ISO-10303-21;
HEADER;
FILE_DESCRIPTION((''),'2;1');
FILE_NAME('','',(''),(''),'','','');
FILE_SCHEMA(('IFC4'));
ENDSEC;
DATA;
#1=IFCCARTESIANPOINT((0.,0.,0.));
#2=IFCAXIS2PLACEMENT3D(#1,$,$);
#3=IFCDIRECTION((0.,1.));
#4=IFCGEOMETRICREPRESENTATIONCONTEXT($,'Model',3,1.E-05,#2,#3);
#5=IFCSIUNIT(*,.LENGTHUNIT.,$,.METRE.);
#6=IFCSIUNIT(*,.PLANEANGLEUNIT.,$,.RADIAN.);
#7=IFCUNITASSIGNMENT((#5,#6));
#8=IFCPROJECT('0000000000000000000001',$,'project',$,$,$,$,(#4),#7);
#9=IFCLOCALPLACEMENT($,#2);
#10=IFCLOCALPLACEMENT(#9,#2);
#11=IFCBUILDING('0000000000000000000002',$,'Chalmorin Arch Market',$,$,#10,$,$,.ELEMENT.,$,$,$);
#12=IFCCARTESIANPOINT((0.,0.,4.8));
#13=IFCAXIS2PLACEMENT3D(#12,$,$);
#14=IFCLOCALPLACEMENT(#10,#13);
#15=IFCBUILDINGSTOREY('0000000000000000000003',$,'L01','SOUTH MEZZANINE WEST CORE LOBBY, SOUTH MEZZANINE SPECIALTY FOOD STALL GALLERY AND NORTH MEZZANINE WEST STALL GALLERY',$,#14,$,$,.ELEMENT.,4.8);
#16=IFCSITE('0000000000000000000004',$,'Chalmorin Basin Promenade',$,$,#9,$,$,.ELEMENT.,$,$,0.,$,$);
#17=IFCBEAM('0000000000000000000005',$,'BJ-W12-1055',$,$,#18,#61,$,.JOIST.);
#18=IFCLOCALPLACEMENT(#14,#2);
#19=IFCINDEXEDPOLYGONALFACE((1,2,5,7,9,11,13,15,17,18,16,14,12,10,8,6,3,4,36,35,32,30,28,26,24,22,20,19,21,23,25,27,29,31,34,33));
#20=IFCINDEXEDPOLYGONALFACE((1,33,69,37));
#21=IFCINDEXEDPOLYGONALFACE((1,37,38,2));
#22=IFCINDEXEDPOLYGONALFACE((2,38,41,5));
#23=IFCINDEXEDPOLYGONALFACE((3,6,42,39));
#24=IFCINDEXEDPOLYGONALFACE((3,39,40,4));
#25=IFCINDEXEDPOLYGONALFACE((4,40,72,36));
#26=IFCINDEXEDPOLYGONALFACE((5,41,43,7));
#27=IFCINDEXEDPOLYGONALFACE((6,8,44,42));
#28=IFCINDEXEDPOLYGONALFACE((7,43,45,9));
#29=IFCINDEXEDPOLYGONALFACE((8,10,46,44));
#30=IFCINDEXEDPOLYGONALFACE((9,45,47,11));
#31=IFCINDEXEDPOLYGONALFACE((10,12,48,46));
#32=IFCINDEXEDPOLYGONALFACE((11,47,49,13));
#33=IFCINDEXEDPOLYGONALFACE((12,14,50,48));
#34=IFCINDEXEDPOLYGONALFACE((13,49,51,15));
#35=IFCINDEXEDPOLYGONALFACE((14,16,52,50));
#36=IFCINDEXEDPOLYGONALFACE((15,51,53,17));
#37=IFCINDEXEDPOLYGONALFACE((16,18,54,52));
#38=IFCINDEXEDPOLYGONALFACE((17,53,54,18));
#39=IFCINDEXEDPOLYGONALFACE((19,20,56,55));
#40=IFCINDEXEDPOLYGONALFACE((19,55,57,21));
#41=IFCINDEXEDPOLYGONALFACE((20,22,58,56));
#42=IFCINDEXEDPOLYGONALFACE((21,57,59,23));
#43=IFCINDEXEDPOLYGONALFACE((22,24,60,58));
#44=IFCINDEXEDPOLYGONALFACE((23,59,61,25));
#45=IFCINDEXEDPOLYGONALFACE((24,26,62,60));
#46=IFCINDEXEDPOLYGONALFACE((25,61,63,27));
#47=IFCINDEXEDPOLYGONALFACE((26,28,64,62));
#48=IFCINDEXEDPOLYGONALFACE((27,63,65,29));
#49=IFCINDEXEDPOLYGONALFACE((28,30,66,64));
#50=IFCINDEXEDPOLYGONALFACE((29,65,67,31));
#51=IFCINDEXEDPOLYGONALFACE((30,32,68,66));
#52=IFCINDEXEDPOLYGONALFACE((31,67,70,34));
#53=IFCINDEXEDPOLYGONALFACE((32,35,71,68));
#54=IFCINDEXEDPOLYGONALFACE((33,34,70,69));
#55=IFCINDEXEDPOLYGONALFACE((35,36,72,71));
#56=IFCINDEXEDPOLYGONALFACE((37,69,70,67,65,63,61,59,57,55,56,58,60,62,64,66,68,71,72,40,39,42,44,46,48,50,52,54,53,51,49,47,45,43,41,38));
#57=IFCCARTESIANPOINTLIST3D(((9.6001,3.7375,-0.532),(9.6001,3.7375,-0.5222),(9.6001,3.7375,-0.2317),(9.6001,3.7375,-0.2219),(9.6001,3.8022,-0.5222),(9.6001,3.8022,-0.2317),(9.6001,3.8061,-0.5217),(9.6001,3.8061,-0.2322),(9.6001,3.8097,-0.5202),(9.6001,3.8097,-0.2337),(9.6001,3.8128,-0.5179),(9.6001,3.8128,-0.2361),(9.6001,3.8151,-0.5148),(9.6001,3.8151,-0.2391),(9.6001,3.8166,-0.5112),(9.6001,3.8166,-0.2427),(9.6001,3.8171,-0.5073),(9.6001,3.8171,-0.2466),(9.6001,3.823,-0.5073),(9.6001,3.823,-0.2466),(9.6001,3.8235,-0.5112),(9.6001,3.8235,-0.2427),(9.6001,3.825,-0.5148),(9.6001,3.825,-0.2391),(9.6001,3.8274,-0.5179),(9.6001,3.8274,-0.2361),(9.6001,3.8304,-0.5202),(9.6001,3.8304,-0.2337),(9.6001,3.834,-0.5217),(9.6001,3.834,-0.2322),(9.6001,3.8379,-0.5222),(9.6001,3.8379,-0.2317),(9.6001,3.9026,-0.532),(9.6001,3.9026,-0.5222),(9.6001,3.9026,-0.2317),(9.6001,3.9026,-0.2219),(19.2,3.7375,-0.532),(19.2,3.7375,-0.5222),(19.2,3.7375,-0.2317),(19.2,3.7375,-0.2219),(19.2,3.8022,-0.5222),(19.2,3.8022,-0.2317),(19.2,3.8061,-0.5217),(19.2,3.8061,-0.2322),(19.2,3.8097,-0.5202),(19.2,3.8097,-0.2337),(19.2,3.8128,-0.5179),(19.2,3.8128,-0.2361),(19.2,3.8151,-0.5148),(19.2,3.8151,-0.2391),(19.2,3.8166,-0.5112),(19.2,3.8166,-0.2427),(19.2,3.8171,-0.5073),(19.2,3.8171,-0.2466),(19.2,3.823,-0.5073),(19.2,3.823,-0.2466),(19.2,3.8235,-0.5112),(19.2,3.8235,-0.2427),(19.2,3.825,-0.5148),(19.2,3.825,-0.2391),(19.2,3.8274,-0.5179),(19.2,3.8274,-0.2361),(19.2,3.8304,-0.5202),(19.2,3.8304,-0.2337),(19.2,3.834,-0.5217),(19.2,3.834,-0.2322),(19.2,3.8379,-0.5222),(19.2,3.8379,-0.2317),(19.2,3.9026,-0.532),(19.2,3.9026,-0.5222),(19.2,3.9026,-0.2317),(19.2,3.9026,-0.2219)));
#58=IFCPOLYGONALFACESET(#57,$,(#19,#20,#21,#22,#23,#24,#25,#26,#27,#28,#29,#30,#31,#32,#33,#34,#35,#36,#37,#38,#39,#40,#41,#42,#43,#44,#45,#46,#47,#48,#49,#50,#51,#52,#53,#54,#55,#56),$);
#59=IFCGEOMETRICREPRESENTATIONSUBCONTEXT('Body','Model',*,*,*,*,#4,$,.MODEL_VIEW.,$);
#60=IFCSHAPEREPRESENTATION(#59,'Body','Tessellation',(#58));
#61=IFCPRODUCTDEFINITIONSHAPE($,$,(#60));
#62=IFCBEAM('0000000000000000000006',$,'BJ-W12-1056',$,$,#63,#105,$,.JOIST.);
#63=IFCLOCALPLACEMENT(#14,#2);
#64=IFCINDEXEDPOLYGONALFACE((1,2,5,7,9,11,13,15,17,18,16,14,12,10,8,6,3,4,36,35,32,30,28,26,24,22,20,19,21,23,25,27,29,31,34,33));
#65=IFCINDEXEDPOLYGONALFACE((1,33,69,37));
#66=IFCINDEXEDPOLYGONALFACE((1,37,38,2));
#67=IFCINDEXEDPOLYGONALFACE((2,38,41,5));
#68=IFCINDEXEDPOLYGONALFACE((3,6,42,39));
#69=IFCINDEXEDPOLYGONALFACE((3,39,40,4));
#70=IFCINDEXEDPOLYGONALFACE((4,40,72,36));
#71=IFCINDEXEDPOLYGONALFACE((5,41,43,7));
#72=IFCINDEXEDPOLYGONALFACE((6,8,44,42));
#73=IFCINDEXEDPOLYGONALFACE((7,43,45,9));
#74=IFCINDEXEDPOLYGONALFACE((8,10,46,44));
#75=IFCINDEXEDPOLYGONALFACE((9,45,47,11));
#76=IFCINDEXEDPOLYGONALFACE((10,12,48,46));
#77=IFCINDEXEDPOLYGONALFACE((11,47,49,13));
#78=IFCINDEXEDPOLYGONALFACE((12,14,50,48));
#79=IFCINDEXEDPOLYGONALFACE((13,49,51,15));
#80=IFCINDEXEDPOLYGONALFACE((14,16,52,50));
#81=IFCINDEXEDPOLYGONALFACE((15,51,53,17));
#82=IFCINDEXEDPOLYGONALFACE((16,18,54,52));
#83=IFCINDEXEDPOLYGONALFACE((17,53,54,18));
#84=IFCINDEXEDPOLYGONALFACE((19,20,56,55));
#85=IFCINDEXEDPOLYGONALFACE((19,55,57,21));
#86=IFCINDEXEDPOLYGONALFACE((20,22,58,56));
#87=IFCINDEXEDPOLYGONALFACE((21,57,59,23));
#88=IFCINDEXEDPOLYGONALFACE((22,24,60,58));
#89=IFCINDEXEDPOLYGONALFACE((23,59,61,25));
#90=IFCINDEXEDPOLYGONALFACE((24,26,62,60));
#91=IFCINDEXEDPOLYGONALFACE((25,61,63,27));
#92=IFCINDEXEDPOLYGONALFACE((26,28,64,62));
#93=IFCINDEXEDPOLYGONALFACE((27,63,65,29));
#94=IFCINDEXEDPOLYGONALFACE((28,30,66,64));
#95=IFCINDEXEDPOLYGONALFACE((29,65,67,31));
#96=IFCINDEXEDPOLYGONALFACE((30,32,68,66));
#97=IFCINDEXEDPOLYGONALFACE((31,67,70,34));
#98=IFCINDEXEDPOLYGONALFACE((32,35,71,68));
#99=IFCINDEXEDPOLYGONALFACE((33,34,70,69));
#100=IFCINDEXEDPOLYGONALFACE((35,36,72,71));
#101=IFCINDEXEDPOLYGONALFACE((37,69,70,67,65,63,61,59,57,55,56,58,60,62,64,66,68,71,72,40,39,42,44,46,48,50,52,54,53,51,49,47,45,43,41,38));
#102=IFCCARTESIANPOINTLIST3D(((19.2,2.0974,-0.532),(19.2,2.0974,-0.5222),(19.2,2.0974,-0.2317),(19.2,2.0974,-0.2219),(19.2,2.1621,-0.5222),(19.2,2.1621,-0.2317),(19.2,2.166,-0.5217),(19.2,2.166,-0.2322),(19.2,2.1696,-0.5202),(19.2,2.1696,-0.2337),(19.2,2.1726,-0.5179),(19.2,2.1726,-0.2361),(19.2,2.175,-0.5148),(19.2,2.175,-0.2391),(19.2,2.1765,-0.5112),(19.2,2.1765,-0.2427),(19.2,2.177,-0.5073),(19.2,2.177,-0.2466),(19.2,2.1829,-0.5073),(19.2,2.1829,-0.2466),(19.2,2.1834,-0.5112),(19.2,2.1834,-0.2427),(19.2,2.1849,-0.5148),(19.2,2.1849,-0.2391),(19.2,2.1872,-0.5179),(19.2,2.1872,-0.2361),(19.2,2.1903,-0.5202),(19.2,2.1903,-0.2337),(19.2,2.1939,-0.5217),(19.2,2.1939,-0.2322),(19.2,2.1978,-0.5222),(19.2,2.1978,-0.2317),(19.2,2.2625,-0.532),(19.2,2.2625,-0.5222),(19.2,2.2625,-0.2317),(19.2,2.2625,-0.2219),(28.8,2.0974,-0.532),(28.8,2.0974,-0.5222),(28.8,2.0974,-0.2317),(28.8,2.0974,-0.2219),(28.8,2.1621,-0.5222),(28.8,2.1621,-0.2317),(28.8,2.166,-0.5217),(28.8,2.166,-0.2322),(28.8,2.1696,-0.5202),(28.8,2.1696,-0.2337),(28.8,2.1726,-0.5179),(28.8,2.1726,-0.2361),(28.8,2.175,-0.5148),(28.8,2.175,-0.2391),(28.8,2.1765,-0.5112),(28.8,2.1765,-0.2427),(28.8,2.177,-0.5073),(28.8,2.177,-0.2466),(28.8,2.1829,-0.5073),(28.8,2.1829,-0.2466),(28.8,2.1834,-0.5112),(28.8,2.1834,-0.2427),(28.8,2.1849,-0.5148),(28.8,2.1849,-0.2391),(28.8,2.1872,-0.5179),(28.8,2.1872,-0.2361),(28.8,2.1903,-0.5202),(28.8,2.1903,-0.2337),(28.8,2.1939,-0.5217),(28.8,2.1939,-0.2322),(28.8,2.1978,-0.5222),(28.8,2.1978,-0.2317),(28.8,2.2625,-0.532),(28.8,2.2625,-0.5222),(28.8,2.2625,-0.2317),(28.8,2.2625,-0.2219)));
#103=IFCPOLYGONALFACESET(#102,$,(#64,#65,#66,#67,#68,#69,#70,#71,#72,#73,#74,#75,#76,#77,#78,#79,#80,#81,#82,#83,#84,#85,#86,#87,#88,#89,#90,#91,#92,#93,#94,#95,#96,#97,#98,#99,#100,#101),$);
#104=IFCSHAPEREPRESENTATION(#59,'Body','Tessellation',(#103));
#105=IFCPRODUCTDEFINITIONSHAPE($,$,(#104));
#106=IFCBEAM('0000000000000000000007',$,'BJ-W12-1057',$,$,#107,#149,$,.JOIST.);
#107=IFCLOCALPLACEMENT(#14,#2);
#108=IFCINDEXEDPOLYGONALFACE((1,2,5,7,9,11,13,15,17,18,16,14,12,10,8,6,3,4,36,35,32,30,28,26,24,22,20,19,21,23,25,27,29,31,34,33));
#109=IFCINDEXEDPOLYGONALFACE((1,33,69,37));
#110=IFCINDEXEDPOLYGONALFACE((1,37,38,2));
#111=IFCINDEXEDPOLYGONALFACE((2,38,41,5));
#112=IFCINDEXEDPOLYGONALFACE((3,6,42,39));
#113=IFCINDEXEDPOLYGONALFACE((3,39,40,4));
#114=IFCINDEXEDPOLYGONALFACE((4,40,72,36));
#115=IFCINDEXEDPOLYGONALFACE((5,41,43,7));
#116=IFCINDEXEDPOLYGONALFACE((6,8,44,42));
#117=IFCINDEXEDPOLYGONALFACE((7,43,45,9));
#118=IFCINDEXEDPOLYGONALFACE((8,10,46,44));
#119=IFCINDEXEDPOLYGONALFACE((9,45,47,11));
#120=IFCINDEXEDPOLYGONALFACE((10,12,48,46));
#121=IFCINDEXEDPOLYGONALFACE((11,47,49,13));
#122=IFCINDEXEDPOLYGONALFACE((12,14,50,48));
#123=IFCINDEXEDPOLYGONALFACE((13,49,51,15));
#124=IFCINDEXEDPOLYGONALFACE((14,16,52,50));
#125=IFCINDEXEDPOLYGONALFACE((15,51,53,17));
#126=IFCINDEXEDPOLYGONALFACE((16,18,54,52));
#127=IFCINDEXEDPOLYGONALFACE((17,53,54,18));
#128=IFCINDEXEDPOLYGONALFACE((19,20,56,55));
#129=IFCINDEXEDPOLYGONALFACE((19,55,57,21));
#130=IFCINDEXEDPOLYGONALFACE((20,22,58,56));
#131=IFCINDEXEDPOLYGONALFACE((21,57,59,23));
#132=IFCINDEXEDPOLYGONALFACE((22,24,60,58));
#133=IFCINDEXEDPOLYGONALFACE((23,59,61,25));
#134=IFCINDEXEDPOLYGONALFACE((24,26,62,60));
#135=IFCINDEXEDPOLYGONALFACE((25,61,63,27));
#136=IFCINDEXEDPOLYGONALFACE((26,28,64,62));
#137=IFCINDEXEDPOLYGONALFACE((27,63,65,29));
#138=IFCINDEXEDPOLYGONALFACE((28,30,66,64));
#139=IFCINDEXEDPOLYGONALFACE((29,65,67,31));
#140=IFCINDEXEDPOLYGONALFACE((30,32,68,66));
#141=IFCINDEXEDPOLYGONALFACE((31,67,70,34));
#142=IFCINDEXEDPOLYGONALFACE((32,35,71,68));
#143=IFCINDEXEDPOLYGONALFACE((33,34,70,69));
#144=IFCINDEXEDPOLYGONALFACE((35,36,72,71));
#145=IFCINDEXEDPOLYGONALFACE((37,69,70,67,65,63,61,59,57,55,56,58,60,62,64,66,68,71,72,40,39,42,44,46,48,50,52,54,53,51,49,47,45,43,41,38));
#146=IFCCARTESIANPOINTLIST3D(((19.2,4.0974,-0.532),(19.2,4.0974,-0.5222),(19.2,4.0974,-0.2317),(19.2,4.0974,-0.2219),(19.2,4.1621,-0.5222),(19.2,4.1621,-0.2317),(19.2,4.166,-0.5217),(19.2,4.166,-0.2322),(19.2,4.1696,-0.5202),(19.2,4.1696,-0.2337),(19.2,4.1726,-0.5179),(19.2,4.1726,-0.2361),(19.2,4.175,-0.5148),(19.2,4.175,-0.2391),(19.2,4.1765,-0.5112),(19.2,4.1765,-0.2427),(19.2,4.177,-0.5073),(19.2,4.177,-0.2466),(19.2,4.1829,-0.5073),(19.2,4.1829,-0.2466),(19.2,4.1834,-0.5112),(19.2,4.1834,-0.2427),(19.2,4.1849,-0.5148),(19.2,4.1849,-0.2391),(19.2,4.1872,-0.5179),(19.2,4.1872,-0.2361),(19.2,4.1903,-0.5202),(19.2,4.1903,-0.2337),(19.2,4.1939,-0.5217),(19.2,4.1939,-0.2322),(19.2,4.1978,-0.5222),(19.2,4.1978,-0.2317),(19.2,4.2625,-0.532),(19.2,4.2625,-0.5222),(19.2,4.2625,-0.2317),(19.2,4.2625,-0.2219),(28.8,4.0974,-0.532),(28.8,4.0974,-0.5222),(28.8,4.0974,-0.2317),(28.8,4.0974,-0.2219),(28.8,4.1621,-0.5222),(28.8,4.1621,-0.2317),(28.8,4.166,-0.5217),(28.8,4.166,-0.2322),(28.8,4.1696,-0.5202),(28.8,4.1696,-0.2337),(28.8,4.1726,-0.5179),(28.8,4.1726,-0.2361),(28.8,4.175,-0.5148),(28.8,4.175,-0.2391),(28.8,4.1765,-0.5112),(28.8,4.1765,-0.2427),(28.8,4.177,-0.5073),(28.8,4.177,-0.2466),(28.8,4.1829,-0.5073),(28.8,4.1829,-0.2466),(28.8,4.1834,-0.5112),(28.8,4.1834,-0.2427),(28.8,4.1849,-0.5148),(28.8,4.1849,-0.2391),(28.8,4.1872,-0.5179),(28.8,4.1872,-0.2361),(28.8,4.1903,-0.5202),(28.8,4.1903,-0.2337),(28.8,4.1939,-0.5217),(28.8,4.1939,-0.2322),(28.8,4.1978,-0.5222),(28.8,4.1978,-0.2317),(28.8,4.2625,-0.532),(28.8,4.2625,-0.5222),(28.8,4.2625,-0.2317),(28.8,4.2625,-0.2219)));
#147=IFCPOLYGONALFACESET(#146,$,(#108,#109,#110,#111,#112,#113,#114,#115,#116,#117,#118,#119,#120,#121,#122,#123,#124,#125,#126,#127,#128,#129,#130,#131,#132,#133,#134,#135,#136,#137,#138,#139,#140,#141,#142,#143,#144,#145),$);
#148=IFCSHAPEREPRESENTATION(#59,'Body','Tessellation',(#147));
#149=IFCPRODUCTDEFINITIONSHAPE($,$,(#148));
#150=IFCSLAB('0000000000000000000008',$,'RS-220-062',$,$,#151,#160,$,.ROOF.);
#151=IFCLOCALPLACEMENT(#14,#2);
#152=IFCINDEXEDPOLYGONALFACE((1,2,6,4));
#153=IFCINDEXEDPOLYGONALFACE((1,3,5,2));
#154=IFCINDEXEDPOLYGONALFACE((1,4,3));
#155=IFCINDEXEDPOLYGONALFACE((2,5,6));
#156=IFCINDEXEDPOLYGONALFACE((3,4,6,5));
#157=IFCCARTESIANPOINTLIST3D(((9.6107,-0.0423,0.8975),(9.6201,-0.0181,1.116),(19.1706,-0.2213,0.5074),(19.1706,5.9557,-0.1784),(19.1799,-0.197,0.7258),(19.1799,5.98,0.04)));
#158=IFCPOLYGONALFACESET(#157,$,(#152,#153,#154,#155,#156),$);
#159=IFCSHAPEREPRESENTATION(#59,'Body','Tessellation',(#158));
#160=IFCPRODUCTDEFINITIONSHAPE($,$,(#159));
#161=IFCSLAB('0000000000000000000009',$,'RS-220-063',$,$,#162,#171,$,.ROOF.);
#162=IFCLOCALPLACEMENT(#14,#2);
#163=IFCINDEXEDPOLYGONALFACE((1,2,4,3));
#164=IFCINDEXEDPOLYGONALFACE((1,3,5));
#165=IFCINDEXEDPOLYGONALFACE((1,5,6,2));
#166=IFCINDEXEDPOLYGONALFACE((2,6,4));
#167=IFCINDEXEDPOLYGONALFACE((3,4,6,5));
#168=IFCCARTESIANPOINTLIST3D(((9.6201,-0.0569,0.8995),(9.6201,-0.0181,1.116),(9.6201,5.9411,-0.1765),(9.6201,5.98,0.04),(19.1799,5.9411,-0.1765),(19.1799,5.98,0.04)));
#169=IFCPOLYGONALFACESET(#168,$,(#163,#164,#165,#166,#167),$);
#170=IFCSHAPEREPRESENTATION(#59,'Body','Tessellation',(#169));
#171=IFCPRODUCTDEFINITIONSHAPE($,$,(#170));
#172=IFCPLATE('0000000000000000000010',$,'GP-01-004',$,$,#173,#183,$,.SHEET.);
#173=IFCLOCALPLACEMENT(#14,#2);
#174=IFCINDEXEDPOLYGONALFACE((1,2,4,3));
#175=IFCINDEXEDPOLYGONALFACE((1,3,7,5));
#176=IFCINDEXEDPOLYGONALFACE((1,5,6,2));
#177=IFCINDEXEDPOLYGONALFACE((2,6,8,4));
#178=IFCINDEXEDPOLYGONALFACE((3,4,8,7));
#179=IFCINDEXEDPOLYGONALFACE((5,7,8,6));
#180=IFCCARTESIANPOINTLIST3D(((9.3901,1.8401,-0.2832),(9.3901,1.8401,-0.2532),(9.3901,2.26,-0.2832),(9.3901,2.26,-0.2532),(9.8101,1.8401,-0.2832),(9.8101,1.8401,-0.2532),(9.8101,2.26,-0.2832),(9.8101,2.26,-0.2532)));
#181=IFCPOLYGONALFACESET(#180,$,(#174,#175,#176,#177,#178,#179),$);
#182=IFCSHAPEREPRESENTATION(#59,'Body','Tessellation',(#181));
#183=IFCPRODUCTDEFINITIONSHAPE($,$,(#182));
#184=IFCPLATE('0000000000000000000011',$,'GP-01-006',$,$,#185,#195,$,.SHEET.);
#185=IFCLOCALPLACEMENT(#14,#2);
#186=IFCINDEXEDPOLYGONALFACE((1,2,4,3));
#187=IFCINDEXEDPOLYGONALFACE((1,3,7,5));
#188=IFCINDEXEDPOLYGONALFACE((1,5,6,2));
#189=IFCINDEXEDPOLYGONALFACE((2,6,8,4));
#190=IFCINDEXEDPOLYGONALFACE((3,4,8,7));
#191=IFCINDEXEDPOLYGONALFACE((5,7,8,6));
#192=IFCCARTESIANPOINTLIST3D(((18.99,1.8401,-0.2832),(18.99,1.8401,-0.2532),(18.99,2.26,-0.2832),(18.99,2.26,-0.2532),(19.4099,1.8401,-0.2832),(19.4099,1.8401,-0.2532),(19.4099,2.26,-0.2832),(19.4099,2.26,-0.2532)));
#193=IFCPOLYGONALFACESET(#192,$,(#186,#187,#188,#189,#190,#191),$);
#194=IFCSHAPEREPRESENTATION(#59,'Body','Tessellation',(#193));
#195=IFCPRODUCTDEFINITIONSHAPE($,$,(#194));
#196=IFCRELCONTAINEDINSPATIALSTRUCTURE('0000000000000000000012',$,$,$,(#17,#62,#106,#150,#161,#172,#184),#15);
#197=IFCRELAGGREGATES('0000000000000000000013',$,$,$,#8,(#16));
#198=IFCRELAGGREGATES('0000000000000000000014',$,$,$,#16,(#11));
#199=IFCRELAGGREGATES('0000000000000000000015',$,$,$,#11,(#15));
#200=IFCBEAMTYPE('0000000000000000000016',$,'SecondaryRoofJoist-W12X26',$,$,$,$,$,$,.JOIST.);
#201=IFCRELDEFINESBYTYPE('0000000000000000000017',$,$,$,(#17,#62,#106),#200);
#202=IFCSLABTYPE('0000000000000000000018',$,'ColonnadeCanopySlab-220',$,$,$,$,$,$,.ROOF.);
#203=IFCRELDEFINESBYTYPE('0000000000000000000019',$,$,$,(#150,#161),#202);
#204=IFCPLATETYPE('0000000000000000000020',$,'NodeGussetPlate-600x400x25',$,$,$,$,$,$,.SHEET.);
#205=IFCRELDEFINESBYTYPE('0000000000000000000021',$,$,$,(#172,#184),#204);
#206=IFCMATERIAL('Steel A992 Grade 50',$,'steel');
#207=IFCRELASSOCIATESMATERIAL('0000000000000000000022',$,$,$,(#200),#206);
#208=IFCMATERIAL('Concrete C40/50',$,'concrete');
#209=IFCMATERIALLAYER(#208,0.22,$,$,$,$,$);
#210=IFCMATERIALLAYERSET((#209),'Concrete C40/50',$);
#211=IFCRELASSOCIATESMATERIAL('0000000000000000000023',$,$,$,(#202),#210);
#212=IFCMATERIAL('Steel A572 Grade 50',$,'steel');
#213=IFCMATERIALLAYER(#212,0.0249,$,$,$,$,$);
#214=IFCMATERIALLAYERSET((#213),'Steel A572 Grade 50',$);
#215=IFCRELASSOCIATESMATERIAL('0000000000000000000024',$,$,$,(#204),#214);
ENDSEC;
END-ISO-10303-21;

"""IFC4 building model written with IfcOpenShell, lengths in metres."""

from ifc_helpers import new_model, si_unit, direction, frame, origin, origin_2d, place, context, subcontext, project, spatial, polyline, rectangle, i_section, outline, extrude, material, layer, layer_set, material_profile, profile_set, type_object, element, save


model = new_model("IFC4")

# Units and contexts
model_context = context("Model", 3, precision=1e-05, world=origin(), true_north=direction((0.0, 1.0)))
body_context = subcontext(model_context, "Body", "Model", "MODEL_VIEW")
ifc_project = project(units=[si_unit("LENGTHUNIT", "METRE"), si_unit("PLANEANGLEUNIT", "RADIAN")], contexts=[model_context])

# Site, building, storey
site_placement = place(None, origin())
site = spatial("IfcSite", under=ifc_project, at=site_placement, Name="Chalmorin Basin Promenade", CompositionType="ELEMENT", RefElevation=0.0)
building_placement = place(site_placement, origin())
building = spatial("IfcBuilding", under=site, at=building_placement, Name="Chalmorin Arch Market", CompositionType="ELEMENT")
storey_placement = place(building_placement, frame((0.0, 0.0, 4.8)))
storey = spatial("IfcBuildingStorey", under=building, at=storey_placement, Name="L01", Description="SOUTH MEZZANINE WEST CORE LOBBY, SOUTH MEZZANINE SPECIALTY FOOD STALL GALLERY AND NORTH MEZZANINE WEST STALL GALLERY", CompositionType="ELEMENT", Elevation=4.8)

# Shared definitions
ifc_material_1 = material(Name="Concrete C40/50", Category="concrete")

# Beams
ifc_material_2 = material(Name="Steel A992 Grade 50", Category="steel")
ifc_material_profile_1 = material_profile(ifc_material_2, i_section(OverallWidth=0.165, OverallDepth=0.3101, WebThickness=0.0059, FlangeThickness=0.0098, FilletRadius=0.0149, at=origin_2d()), Name="W12X26")
ifc_profile_set_1 = profile_set([ifc_material_profile_1], Name="Steel A992 Grade 50")
beam_type_1 = type_object("IfcBeamType", Name="SecondaryRoofJoist-W12X26", PredefinedType="JOIST", material=ifc_profile_set_1)
for number, where, z_axis, x_axis, name in (
    (1, (9.6001, 3.8201, -0.377), (1.0, 0.0, 0.0), (0.0, 1.0, 0.0), "BJ-W12-1055"),
):
    element("IfcBeam", number, at=place(storey_placement, frame(where, z_axis=z_axis, x_axis=x_axis)), inside=storey, type_object=beam_type_1, Name=name, PredefinedType="JOIST", context=body_context, shape_type="SweptSolid", body=[
        extrude(i_section(OverallWidth=0.165, OverallDepth=0.3101, WebThickness=0.0059, FlangeThickness=0.0098, FilletRadius=0.0149, at=origin_2d()), origin(), (0.0, 0.0, 1.0), 9.5999),
    ])
for number, where, z_axis, x_axis, name in (
    (2, (19.2, 2.1799, -0.377), (1.0, 0.0, 0.0), (0.0, 1.0, 0.0), "BJ-W12-1056"),
    (3, (19.2, 4.1799, -0.377), (1.0, 0.0, 0.0), (0.0, 1.0, 0.0), "BJ-W12-1057"),
):
    element("IfcBeam", number, at=place(storey_placement, frame(where, z_axis=z_axis, x_axis=x_axis)), inside=storey, type_object=beam_type_1, Name=name, PredefinedType="JOIST", context=body_context, shape_type="SweptSolid", body=[
        extrude(i_section(OverallWidth=0.165, OverallDepth=0.3101, WebThickness=0.0059, FlangeThickness=0.0098, FilletRadius=0.0149, at=origin_2d()), origin(), (0.0, 0.0, 1.0), 9.6001),
    ])

# Slabs
ifc_layer_1 = layer(ifc_material_1, 0.22)
ifc_layer_set_1 = layer_set([ifc_layer_1], Name="Concrete C40/50")
slab_type = type_object("IfcSlabType", Name="ColonnadeCanopySlab-220", PredefinedType="ROOF", material=ifc_layer_set_1)
slab_1_placement = place(storey_placement, frame((9.6201, -0.0181, 1.116), z_axis=(0.042588, 0.110245, 0.992992), x_axis=(0.998994, -0.018701, -0.040769)))
element("IfcSlab", 4, at=slab_1_placement, inside=storey, type_object=slab_type, Name="RS-220-062", PredefinedType="ROOF", context=body_context, shape_type="SweptSolid", body=[
    extrude(outline(polyline([(0.0, 0.0), (9.5694, 0.0), (9.4819, 6.2143), (0.0, 0.0)])), origin(), (0.0, 0.0, -1.0), 0.22),
])
slab_2_placement = place(storey_placement, frame((9.6201, -0.0181, 1.116), z_axis=(0.0, 0.176562, 0.98429), x_axis=(0.843251, 0.529075, -0.094905)))
element("IfcSlab", 5, at=slab_2_placement, inside=storey, type_object=slab_type, Name="RS-220-063", PredefinedType="ROOF", context=body_context, shape_type="SweptSolid", body=[
    extrude(outline(polyline([(0.0, 0.0), (11.3369, 0.0), (3.2755, 5.1386), (0.0, 0.0)])), origin(), (0.0, 0.0, -1.0), 0.22),
])

# Plates
ifc_material_3 = material(Name="Steel A572 Grade 50", Category="steel")
ifc_layer_2 = layer(ifc_material_3, 0.0249)
ifc_layer_set_2 = layer_set([ifc_layer_2], Name="Steel A572 Grade 50")
plate_type_1 = type_object("IfcPlateType", Name="NodeGussetPlate-600x400x25", PredefinedType="SHEET", material=ifc_layer_set_2)
for number, where, z_axis, x_axis, name in (
    (6, (9.6001, 2.05, -0.2832), (0.0, 0.0, 1.0), (1.0, 0.0, 0.0), "GP-01-004"),
    (7, (19.2, 2.05, -0.2832), (0.0, 0.0, 1.0), (1.0, 0.0, 0.0), "GP-01-006"),
):
    element("IfcPlate", number, at=place(storey_placement, frame(where, z_axis=z_axis, x_axis=x_axis)), inside=storey, type_object=plate_type_1, Name=name, PredefinedType="SHEET", context=body_context, shape_type="SweptSolid", body=[
        extrude(rectangle(XDim=0.4199, YDim=0.4199, at=origin_2d()), origin(), (0.0, 0.0, 1.0), 0.03),
    ])

save(model, "model.ifc")
